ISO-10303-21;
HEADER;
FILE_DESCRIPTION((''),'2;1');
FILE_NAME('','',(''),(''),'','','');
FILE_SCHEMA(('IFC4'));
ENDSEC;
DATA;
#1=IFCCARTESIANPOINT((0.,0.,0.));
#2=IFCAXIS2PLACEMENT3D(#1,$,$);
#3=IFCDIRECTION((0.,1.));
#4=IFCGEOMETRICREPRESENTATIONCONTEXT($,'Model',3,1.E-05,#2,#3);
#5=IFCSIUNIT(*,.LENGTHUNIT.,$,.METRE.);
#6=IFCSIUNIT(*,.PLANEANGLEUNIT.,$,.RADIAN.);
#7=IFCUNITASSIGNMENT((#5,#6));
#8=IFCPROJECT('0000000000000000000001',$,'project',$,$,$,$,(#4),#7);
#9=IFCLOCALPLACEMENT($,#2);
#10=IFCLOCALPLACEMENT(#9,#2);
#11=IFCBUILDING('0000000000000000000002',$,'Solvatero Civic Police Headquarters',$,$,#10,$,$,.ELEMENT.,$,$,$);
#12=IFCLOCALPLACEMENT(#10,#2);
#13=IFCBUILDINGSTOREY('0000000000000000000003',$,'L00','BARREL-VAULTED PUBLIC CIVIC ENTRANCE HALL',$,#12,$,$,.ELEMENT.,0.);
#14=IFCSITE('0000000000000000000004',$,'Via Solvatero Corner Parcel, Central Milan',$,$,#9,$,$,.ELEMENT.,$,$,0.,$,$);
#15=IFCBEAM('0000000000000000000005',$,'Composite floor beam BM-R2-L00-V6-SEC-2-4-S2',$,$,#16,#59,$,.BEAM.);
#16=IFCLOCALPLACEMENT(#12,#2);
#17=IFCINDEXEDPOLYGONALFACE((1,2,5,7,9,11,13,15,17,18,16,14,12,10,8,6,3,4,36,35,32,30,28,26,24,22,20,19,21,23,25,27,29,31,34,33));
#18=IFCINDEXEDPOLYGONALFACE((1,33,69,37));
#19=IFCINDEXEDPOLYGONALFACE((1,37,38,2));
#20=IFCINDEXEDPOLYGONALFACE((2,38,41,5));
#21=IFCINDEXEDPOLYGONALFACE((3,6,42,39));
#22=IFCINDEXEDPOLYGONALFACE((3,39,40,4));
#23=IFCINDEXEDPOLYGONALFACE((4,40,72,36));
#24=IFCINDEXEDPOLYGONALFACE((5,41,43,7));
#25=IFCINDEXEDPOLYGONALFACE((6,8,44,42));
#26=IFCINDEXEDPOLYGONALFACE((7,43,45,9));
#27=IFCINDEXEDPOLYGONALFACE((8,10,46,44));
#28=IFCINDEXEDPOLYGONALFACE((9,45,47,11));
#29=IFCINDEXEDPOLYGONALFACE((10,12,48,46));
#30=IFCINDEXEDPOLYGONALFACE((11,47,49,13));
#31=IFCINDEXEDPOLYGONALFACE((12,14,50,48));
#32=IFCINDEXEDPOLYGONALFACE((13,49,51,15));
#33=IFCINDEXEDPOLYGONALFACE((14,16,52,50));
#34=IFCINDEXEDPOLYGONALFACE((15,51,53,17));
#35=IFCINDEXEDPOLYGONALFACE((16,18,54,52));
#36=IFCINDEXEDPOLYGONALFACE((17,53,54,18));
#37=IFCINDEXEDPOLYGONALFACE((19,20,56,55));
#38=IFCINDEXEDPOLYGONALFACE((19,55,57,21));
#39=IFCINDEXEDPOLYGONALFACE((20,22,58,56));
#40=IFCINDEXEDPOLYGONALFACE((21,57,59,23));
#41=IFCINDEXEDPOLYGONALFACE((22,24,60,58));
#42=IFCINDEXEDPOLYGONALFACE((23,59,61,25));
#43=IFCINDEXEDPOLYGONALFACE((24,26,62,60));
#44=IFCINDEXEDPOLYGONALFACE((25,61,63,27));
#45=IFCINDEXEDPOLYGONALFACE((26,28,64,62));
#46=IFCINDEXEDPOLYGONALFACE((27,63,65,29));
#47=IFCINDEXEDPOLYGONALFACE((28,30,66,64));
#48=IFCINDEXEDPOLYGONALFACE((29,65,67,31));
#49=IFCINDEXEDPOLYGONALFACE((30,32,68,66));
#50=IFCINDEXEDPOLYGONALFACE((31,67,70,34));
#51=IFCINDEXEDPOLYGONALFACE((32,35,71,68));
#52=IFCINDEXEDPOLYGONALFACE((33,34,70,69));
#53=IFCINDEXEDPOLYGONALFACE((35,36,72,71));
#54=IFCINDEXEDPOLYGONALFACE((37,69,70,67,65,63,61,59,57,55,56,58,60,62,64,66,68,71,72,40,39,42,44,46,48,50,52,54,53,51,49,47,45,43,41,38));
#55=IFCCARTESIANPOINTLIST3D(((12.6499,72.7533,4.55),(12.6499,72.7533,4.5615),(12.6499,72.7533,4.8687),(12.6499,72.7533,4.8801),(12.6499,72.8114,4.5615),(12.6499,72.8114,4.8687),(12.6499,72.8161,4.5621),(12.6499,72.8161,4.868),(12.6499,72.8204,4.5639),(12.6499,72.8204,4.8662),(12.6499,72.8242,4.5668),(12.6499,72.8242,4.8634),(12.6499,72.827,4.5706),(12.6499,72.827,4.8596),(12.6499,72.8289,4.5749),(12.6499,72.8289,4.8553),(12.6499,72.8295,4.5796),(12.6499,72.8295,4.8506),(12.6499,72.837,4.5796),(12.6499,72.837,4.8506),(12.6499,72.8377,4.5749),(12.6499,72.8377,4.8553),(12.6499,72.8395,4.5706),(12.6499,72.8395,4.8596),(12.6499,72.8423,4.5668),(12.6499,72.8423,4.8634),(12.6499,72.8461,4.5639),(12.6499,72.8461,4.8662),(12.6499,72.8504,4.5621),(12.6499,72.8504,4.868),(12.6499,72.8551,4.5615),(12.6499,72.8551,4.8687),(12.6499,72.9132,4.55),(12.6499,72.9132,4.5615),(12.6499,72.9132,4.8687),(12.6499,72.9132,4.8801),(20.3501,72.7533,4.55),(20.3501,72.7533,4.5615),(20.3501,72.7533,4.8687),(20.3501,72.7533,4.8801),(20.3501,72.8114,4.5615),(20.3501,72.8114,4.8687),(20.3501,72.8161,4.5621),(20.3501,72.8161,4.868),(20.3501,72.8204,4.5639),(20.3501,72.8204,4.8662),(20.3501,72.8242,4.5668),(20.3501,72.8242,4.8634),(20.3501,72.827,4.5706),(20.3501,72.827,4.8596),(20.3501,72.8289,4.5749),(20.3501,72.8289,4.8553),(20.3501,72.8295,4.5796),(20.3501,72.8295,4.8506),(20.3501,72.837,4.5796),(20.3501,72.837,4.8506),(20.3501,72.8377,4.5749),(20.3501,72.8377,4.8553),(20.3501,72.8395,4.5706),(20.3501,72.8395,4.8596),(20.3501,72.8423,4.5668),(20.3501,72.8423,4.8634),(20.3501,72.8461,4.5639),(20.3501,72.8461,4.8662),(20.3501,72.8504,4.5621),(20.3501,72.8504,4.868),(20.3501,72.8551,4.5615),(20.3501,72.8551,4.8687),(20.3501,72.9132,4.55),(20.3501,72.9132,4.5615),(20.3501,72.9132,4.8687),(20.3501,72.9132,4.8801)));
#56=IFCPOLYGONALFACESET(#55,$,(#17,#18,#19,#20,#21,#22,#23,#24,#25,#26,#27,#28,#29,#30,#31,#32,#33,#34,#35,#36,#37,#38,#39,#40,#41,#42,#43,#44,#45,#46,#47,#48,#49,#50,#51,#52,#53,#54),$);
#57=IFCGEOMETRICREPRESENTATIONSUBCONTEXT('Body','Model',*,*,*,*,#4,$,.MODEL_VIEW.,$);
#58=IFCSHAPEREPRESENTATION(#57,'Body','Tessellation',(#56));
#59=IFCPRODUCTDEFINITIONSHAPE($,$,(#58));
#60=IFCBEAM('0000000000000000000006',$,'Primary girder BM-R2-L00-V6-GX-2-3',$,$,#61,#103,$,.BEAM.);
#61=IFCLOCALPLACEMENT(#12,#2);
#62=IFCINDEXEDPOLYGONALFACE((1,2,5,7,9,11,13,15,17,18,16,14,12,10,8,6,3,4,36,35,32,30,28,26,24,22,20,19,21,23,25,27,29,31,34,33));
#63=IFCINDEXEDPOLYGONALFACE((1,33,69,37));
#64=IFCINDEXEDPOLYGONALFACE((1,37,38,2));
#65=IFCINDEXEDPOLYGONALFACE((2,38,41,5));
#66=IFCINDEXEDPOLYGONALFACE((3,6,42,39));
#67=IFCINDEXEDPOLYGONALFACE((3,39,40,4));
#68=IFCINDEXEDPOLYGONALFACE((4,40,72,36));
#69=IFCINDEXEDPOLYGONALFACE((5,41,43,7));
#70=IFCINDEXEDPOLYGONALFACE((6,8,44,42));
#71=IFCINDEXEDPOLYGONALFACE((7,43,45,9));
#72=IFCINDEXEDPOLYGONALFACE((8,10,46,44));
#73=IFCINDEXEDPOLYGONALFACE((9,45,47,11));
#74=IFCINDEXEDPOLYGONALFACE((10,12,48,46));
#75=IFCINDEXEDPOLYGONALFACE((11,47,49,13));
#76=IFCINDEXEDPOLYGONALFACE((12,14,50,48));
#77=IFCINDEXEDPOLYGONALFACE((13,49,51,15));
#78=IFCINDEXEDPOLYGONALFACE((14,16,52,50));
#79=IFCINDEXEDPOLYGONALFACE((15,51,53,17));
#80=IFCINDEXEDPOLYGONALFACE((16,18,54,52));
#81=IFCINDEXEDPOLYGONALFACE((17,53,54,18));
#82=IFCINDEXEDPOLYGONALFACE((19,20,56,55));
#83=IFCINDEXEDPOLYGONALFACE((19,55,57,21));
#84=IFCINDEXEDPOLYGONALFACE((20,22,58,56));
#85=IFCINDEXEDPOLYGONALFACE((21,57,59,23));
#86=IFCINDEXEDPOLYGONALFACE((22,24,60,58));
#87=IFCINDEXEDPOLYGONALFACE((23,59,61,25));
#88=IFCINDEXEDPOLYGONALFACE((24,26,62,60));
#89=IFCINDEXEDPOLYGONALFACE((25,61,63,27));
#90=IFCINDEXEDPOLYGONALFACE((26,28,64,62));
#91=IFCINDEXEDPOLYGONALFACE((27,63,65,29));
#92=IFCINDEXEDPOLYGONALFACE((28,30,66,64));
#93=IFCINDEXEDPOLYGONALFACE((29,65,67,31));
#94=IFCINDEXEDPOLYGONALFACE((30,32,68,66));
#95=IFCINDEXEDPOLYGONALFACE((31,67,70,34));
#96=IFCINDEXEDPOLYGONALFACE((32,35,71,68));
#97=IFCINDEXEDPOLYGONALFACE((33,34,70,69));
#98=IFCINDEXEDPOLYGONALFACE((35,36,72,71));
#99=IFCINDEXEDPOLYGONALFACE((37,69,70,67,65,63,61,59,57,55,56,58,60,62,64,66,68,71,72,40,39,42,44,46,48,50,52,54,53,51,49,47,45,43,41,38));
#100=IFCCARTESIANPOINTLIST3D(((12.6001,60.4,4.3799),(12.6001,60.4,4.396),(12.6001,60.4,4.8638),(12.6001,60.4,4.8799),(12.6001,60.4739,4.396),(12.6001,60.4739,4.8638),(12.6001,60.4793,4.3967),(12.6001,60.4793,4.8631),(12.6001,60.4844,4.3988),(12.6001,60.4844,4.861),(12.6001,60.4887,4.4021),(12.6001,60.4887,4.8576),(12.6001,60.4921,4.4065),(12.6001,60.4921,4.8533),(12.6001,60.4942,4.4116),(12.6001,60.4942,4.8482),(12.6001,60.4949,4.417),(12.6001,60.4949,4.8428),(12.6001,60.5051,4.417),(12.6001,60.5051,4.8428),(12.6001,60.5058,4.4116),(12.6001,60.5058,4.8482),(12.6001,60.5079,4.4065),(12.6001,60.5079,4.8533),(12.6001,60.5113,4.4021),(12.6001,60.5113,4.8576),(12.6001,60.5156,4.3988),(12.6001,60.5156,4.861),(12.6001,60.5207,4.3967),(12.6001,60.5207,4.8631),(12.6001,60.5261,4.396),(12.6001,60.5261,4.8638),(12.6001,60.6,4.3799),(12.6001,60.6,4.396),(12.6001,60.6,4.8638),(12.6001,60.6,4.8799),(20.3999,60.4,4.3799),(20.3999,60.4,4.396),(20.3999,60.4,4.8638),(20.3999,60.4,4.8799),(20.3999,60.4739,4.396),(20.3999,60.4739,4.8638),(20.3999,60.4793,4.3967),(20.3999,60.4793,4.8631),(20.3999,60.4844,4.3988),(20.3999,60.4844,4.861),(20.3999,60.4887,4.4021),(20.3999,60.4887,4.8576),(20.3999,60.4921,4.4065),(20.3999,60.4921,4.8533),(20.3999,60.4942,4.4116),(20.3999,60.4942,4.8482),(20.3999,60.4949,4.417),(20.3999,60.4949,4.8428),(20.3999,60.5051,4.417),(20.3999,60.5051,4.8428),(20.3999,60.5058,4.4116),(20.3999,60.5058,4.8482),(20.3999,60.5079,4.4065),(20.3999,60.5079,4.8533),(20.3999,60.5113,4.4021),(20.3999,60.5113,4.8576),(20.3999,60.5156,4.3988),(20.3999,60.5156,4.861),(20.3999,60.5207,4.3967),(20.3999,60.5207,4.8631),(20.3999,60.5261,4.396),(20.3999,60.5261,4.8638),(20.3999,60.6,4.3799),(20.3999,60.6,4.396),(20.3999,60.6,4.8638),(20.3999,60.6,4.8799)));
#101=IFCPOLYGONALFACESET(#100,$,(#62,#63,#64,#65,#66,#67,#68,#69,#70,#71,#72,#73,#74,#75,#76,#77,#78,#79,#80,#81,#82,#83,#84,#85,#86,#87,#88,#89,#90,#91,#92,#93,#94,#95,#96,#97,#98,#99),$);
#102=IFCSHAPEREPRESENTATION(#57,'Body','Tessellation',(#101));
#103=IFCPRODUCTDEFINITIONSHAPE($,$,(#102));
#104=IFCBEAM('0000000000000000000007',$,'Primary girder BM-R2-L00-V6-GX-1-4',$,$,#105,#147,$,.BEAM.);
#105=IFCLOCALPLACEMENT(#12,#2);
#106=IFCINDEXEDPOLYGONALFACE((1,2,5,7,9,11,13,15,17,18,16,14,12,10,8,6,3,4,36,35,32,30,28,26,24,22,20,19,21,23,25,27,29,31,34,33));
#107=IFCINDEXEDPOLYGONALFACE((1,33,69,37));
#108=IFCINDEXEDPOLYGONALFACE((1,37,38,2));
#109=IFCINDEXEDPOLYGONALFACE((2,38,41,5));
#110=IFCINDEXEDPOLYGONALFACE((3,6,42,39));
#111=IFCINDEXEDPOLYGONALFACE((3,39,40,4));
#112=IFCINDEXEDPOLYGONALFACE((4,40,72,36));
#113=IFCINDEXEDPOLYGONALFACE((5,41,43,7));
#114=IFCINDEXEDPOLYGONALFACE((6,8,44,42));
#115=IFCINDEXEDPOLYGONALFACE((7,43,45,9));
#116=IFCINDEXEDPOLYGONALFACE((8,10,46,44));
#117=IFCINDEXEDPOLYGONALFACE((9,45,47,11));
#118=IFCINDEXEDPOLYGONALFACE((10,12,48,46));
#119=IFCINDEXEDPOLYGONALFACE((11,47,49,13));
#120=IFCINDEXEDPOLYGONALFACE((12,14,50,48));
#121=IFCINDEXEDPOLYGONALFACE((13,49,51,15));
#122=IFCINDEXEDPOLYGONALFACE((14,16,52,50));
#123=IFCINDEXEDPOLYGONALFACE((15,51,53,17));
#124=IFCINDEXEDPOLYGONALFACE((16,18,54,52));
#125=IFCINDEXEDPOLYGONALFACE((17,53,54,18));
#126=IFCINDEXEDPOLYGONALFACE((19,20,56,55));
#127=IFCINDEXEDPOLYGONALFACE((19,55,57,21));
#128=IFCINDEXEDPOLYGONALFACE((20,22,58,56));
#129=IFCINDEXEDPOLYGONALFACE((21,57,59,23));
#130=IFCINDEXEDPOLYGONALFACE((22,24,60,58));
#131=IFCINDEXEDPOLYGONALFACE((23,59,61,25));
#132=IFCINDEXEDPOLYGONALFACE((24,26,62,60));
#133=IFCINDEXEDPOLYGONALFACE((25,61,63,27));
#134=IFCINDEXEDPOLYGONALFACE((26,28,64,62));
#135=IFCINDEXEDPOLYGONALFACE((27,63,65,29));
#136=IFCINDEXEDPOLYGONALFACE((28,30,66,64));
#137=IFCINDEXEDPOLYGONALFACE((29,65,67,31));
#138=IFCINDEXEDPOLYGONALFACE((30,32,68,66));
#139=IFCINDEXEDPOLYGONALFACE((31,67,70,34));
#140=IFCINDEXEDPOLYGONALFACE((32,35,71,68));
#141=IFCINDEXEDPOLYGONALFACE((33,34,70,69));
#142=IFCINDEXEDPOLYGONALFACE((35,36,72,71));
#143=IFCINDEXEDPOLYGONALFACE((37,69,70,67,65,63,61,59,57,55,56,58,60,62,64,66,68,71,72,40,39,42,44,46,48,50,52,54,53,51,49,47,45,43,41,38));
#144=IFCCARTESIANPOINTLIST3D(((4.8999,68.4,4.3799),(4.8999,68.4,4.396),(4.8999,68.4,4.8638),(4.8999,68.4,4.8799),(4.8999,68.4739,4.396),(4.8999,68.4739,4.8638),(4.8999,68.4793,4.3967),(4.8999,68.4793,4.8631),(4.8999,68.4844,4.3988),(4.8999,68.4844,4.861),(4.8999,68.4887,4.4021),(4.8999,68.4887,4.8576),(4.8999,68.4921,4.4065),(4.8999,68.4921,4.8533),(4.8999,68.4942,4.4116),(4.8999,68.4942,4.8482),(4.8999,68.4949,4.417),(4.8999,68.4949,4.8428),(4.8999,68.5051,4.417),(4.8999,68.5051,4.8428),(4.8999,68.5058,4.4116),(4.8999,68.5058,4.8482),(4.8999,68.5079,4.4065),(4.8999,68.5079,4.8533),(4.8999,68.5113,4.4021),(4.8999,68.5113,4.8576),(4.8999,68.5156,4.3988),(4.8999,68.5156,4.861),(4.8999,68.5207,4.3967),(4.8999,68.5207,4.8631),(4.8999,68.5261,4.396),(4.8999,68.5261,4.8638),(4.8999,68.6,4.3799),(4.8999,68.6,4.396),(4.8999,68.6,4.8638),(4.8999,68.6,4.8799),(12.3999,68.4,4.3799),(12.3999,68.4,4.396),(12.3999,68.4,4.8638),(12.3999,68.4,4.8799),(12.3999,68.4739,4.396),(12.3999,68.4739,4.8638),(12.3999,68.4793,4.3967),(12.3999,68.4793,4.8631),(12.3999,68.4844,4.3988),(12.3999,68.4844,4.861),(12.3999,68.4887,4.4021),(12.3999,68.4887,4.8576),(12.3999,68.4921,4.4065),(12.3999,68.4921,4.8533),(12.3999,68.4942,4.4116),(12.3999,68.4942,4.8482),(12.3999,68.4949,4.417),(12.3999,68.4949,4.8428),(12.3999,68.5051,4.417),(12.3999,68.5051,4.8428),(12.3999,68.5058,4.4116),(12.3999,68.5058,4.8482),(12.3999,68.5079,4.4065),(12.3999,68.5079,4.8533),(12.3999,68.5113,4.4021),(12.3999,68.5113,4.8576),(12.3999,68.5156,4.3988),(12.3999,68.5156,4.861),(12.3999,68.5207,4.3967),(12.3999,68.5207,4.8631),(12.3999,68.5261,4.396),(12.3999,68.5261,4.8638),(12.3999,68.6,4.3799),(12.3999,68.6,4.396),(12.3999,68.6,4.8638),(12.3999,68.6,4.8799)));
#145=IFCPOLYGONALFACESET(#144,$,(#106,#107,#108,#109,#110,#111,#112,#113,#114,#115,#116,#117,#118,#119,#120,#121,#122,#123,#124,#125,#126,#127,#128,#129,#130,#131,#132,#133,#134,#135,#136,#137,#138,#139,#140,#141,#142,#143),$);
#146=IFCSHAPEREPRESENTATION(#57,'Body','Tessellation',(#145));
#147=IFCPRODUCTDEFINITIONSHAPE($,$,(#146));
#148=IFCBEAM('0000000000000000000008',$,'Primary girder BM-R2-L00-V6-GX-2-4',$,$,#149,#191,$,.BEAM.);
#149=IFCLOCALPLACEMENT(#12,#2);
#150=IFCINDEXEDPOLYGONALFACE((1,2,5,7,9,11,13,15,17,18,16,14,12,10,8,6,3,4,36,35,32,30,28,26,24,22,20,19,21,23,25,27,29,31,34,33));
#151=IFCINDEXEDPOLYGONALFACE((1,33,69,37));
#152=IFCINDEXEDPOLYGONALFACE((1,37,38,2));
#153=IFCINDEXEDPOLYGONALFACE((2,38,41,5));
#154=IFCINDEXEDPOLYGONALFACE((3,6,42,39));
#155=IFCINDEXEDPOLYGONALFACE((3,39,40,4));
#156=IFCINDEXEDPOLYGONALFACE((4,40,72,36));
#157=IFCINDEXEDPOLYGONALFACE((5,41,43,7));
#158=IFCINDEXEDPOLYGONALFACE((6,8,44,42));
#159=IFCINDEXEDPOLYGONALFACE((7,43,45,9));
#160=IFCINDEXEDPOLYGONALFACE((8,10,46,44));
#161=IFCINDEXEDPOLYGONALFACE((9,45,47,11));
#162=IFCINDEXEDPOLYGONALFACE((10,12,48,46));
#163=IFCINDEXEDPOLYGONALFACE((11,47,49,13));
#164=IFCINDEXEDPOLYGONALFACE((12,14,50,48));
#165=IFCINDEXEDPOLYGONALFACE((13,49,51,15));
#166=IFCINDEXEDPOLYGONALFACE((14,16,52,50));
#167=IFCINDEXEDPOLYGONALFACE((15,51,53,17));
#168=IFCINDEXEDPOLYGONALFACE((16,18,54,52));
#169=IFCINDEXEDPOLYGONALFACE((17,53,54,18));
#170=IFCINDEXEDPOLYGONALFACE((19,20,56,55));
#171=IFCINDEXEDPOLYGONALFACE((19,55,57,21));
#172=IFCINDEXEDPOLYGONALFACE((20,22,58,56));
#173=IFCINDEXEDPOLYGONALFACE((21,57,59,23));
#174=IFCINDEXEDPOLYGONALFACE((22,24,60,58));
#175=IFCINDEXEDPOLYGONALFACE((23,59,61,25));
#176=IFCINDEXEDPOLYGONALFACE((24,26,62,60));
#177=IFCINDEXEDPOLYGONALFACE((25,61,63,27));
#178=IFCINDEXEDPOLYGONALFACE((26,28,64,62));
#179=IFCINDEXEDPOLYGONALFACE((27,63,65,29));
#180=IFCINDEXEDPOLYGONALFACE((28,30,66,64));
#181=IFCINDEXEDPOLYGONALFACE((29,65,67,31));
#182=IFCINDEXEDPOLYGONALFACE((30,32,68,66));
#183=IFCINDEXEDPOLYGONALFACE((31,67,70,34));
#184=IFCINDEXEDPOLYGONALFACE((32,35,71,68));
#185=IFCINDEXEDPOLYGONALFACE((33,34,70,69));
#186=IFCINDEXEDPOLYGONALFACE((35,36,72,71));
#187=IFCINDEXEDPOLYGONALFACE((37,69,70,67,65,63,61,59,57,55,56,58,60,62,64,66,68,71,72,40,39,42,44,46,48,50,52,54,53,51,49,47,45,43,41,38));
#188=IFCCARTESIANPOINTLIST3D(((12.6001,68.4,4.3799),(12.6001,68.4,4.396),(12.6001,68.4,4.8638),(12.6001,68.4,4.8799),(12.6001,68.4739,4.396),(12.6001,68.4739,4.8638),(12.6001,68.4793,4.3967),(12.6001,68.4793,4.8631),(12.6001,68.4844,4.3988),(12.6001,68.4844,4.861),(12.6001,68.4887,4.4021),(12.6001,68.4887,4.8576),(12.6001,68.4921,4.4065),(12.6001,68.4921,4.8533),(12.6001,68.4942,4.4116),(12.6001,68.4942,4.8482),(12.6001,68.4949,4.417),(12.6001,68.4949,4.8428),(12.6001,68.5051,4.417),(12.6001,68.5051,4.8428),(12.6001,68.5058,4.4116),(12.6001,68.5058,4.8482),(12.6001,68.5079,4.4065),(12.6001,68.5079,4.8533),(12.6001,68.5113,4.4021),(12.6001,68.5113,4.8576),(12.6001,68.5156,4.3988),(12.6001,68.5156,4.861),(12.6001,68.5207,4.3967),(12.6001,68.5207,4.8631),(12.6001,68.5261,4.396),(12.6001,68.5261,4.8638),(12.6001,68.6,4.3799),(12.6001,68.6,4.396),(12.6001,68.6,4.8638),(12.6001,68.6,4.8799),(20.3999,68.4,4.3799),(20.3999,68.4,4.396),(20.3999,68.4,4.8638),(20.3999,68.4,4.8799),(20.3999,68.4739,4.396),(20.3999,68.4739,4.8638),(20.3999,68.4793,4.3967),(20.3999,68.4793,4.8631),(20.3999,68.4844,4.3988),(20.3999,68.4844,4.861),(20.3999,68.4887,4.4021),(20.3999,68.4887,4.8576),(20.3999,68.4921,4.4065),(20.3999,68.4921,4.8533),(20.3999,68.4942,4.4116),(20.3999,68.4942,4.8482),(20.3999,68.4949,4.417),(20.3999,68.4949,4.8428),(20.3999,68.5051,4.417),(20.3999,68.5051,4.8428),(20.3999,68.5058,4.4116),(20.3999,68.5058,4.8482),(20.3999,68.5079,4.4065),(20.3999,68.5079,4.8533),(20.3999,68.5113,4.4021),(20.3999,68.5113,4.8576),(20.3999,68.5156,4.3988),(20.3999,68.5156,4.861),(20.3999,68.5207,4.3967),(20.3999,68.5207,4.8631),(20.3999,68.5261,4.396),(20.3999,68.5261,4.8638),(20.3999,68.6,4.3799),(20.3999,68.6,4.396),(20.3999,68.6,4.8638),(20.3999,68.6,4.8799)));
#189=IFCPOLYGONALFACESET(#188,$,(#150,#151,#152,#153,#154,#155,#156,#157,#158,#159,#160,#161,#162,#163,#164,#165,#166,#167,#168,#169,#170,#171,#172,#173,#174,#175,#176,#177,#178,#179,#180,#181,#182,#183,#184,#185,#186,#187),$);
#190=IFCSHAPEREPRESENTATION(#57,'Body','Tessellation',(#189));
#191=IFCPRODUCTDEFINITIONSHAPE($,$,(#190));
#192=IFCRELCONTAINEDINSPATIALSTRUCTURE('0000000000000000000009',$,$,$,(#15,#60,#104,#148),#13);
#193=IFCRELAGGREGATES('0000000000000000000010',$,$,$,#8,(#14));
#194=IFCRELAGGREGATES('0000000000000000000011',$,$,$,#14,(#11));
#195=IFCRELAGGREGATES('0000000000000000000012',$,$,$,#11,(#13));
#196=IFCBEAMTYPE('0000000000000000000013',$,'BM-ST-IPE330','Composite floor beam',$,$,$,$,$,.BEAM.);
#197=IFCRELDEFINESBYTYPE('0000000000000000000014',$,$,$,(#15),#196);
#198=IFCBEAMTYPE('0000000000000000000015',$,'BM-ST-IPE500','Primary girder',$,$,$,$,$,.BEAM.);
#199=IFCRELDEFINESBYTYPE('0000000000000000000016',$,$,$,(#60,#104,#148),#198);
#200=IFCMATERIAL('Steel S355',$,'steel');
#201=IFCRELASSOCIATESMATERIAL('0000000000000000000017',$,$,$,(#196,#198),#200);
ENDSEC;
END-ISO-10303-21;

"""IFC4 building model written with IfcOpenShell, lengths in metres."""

from ifc_helpers import new_model, si_unit, direction, frame, origin, origin_2d, place, context, subcontext, project, spatial, i_section, extrude, material, material_profile, profile_set, type_object, element, save


model = new_model("IFC4")

# Units and contexts
model_context = context("Model", 3, precision=1e-05, world=origin(), true_north=direction((0.0, 1.0)))
body_context = subcontext(model_context, "Body", "Model", "MODEL_VIEW")
ifc_project = project(units=[si_unit("LENGTHUNIT", "METRE"), si_unit("PLANEANGLEUNIT", "RADIAN")], contexts=[model_context])

# Site, building, storey
site_placement = place(None, origin())
site = spatial("IfcSite", under=ifc_project, at=site_placement, Name="Via Solvatero Corner Parcel, Central Milan", CompositionType="ELEMENT", RefElevation=0.0)
building_placement = place(site_placement, origin())
building = spatial("IfcBuilding", under=site, at=building_placement, Name="Solvatero Civic Police Headquarters", CompositionType="ELEMENT")
storey_placement = place(building_placement, origin())
storey = spatial("IfcBuildingStorey", under=building, at=storey_placement, Name="L00", Description="BARREL-VAULTED PUBLIC CIVIC ENTRANCE HALL", CompositionType="ELEMENT", Elevation=0.0)

# Beams
ifc_material_1 = material(Name="Steel S355", Category="steel")
ifc_material_profile_1 = material_profile(ifc_material_1, i_section(OverallWidth=0.1599, OverallDepth=0.3301, WebThickness=0.0076, FlangeThickness=0.0115, FilletRadius=0.0181, at=origin_2d()), Name="IPE 330")
ifc_profile_set_1 = profile_set([ifc_material_profile_1], Name="Steel S355")
beam_type_1 = type_object("IfcBeamType", Name="BM-ST-IPE330", Description="Composite floor beam", PredefinedType="BEAM", material=ifc_profile_set_1)
for number, where, z_axis, x_axis, name in (
    (1, (12.6499, 72.8333, 4.7151), (1.0, 0.0, 0.0), (0.0, 1.0, 0.0), "Composite floor beam BM-R2-L00-V6-SEC-2-4-S2"),
):
    element("IfcBeam", number, at=place(storey_placement, frame(where, z_axis=z_axis, x_axis=x_axis)), inside=storey, type_object=beam_type_1, Name=name, PredefinedType="BEAM", context=body_context, shape_type="SweptSolid", body=[
        extrude(i_section(OverallWidth=0.1599, OverallDepth=0.3301, WebThickness=0.0076, FlangeThickness=0.0115, FilletRadius=0.0181, at=origin_2d()), origin(), (0.0, 0.0, 1.0), 7.7002),
    ])
ifc_material_profile_2 = material_profile(ifc_material_1, i_section(OverallWidth=0.2, OverallDepth=0.5, WebThickness=0.0103, FlangeThickness=0.0161, FilletRadius=0.021, at=origin_2d()), Name="IPE 500")
ifc_profile_set_2 = profile_set([ifc_material_profile_2], Name="Steel S355")
beam_type_2 = type_object("IfcBeamType", Name="BM-ST-IPE500", Description="Primary girder", PredefinedType="BEAM", material=ifc_profile_set_2)
beam_1_placement = place(storey_placement, frame((12.6001, 60.5, 4.6299), z_axis=(1.0, 0.0, 0.0), x_axis=(0.0, 1.0, 0.0)))
element("IfcBeam", 2, at=beam_1_placement, inside=storey, type_object=beam_type_2, Name="Primary girder BM-R2-L00-V6-GX-2-3", PredefinedType="BEAM", context=body_context, shape_type="SweptSolid", body=[
    extrude(i_section(OverallWidth=0.2, OverallDepth=0.5, WebThickness=0.0103, FlangeThickness=0.0161, FilletRadius=0.021, at=origin_2d()), origin(), (0.0, 0.0, 1.0), 7.7998),
])
beam_2_placement = place(storey_placement, frame((4.8999, 68.5, 4.6299), z_axis=(1.0, 0.0, 0.0), x_axis=(0.0, 1.0, 0.0)))
element("IfcBeam", 3, at=beam_2_placement, inside=storey, type_object=beam_type_2, Name="Primary girder BM-R2-L00-V6-GX-1-4", PredefinedType="BEAM", context=body_context, shape_type="SweptSolid", body=[
    extrude(i_section(OverallWidth=0.2, OverallDepth=0.5, WebThickness=0.0103, FlangeThickness=0.0161, FilletRadius=0.021, at=origin_2d()), origin(), (0.0, 0.0, 1.0), 7.5),
])
beam_3_placement = place(storey_placement, frame((12.6001, 68.5, 4.6299), z_axis=(1.0, 0.0, 0.0), x_axis=(0.0, 1.0, 0.0)))
element("IfcBeam", 4, at=beam_3_placement, inside=storey, type_object=beam_type_2, Name="Primary girder BM-R2-L00-V6-GX-2-4", PredefinedType="BEAM", context=body_context, shape_type="SweptSolid", body=[
    extrude(i_section(OverallWidth=0.2, OverallDepth=0.5, WebThickness=0.0103, FlangeThickness=0.0161, FilletRadius=0.021, at=origin_2d()), origin(), (0.0, 0.0, 1.0), 7.7998),
])

save(model, "model.ifc")
